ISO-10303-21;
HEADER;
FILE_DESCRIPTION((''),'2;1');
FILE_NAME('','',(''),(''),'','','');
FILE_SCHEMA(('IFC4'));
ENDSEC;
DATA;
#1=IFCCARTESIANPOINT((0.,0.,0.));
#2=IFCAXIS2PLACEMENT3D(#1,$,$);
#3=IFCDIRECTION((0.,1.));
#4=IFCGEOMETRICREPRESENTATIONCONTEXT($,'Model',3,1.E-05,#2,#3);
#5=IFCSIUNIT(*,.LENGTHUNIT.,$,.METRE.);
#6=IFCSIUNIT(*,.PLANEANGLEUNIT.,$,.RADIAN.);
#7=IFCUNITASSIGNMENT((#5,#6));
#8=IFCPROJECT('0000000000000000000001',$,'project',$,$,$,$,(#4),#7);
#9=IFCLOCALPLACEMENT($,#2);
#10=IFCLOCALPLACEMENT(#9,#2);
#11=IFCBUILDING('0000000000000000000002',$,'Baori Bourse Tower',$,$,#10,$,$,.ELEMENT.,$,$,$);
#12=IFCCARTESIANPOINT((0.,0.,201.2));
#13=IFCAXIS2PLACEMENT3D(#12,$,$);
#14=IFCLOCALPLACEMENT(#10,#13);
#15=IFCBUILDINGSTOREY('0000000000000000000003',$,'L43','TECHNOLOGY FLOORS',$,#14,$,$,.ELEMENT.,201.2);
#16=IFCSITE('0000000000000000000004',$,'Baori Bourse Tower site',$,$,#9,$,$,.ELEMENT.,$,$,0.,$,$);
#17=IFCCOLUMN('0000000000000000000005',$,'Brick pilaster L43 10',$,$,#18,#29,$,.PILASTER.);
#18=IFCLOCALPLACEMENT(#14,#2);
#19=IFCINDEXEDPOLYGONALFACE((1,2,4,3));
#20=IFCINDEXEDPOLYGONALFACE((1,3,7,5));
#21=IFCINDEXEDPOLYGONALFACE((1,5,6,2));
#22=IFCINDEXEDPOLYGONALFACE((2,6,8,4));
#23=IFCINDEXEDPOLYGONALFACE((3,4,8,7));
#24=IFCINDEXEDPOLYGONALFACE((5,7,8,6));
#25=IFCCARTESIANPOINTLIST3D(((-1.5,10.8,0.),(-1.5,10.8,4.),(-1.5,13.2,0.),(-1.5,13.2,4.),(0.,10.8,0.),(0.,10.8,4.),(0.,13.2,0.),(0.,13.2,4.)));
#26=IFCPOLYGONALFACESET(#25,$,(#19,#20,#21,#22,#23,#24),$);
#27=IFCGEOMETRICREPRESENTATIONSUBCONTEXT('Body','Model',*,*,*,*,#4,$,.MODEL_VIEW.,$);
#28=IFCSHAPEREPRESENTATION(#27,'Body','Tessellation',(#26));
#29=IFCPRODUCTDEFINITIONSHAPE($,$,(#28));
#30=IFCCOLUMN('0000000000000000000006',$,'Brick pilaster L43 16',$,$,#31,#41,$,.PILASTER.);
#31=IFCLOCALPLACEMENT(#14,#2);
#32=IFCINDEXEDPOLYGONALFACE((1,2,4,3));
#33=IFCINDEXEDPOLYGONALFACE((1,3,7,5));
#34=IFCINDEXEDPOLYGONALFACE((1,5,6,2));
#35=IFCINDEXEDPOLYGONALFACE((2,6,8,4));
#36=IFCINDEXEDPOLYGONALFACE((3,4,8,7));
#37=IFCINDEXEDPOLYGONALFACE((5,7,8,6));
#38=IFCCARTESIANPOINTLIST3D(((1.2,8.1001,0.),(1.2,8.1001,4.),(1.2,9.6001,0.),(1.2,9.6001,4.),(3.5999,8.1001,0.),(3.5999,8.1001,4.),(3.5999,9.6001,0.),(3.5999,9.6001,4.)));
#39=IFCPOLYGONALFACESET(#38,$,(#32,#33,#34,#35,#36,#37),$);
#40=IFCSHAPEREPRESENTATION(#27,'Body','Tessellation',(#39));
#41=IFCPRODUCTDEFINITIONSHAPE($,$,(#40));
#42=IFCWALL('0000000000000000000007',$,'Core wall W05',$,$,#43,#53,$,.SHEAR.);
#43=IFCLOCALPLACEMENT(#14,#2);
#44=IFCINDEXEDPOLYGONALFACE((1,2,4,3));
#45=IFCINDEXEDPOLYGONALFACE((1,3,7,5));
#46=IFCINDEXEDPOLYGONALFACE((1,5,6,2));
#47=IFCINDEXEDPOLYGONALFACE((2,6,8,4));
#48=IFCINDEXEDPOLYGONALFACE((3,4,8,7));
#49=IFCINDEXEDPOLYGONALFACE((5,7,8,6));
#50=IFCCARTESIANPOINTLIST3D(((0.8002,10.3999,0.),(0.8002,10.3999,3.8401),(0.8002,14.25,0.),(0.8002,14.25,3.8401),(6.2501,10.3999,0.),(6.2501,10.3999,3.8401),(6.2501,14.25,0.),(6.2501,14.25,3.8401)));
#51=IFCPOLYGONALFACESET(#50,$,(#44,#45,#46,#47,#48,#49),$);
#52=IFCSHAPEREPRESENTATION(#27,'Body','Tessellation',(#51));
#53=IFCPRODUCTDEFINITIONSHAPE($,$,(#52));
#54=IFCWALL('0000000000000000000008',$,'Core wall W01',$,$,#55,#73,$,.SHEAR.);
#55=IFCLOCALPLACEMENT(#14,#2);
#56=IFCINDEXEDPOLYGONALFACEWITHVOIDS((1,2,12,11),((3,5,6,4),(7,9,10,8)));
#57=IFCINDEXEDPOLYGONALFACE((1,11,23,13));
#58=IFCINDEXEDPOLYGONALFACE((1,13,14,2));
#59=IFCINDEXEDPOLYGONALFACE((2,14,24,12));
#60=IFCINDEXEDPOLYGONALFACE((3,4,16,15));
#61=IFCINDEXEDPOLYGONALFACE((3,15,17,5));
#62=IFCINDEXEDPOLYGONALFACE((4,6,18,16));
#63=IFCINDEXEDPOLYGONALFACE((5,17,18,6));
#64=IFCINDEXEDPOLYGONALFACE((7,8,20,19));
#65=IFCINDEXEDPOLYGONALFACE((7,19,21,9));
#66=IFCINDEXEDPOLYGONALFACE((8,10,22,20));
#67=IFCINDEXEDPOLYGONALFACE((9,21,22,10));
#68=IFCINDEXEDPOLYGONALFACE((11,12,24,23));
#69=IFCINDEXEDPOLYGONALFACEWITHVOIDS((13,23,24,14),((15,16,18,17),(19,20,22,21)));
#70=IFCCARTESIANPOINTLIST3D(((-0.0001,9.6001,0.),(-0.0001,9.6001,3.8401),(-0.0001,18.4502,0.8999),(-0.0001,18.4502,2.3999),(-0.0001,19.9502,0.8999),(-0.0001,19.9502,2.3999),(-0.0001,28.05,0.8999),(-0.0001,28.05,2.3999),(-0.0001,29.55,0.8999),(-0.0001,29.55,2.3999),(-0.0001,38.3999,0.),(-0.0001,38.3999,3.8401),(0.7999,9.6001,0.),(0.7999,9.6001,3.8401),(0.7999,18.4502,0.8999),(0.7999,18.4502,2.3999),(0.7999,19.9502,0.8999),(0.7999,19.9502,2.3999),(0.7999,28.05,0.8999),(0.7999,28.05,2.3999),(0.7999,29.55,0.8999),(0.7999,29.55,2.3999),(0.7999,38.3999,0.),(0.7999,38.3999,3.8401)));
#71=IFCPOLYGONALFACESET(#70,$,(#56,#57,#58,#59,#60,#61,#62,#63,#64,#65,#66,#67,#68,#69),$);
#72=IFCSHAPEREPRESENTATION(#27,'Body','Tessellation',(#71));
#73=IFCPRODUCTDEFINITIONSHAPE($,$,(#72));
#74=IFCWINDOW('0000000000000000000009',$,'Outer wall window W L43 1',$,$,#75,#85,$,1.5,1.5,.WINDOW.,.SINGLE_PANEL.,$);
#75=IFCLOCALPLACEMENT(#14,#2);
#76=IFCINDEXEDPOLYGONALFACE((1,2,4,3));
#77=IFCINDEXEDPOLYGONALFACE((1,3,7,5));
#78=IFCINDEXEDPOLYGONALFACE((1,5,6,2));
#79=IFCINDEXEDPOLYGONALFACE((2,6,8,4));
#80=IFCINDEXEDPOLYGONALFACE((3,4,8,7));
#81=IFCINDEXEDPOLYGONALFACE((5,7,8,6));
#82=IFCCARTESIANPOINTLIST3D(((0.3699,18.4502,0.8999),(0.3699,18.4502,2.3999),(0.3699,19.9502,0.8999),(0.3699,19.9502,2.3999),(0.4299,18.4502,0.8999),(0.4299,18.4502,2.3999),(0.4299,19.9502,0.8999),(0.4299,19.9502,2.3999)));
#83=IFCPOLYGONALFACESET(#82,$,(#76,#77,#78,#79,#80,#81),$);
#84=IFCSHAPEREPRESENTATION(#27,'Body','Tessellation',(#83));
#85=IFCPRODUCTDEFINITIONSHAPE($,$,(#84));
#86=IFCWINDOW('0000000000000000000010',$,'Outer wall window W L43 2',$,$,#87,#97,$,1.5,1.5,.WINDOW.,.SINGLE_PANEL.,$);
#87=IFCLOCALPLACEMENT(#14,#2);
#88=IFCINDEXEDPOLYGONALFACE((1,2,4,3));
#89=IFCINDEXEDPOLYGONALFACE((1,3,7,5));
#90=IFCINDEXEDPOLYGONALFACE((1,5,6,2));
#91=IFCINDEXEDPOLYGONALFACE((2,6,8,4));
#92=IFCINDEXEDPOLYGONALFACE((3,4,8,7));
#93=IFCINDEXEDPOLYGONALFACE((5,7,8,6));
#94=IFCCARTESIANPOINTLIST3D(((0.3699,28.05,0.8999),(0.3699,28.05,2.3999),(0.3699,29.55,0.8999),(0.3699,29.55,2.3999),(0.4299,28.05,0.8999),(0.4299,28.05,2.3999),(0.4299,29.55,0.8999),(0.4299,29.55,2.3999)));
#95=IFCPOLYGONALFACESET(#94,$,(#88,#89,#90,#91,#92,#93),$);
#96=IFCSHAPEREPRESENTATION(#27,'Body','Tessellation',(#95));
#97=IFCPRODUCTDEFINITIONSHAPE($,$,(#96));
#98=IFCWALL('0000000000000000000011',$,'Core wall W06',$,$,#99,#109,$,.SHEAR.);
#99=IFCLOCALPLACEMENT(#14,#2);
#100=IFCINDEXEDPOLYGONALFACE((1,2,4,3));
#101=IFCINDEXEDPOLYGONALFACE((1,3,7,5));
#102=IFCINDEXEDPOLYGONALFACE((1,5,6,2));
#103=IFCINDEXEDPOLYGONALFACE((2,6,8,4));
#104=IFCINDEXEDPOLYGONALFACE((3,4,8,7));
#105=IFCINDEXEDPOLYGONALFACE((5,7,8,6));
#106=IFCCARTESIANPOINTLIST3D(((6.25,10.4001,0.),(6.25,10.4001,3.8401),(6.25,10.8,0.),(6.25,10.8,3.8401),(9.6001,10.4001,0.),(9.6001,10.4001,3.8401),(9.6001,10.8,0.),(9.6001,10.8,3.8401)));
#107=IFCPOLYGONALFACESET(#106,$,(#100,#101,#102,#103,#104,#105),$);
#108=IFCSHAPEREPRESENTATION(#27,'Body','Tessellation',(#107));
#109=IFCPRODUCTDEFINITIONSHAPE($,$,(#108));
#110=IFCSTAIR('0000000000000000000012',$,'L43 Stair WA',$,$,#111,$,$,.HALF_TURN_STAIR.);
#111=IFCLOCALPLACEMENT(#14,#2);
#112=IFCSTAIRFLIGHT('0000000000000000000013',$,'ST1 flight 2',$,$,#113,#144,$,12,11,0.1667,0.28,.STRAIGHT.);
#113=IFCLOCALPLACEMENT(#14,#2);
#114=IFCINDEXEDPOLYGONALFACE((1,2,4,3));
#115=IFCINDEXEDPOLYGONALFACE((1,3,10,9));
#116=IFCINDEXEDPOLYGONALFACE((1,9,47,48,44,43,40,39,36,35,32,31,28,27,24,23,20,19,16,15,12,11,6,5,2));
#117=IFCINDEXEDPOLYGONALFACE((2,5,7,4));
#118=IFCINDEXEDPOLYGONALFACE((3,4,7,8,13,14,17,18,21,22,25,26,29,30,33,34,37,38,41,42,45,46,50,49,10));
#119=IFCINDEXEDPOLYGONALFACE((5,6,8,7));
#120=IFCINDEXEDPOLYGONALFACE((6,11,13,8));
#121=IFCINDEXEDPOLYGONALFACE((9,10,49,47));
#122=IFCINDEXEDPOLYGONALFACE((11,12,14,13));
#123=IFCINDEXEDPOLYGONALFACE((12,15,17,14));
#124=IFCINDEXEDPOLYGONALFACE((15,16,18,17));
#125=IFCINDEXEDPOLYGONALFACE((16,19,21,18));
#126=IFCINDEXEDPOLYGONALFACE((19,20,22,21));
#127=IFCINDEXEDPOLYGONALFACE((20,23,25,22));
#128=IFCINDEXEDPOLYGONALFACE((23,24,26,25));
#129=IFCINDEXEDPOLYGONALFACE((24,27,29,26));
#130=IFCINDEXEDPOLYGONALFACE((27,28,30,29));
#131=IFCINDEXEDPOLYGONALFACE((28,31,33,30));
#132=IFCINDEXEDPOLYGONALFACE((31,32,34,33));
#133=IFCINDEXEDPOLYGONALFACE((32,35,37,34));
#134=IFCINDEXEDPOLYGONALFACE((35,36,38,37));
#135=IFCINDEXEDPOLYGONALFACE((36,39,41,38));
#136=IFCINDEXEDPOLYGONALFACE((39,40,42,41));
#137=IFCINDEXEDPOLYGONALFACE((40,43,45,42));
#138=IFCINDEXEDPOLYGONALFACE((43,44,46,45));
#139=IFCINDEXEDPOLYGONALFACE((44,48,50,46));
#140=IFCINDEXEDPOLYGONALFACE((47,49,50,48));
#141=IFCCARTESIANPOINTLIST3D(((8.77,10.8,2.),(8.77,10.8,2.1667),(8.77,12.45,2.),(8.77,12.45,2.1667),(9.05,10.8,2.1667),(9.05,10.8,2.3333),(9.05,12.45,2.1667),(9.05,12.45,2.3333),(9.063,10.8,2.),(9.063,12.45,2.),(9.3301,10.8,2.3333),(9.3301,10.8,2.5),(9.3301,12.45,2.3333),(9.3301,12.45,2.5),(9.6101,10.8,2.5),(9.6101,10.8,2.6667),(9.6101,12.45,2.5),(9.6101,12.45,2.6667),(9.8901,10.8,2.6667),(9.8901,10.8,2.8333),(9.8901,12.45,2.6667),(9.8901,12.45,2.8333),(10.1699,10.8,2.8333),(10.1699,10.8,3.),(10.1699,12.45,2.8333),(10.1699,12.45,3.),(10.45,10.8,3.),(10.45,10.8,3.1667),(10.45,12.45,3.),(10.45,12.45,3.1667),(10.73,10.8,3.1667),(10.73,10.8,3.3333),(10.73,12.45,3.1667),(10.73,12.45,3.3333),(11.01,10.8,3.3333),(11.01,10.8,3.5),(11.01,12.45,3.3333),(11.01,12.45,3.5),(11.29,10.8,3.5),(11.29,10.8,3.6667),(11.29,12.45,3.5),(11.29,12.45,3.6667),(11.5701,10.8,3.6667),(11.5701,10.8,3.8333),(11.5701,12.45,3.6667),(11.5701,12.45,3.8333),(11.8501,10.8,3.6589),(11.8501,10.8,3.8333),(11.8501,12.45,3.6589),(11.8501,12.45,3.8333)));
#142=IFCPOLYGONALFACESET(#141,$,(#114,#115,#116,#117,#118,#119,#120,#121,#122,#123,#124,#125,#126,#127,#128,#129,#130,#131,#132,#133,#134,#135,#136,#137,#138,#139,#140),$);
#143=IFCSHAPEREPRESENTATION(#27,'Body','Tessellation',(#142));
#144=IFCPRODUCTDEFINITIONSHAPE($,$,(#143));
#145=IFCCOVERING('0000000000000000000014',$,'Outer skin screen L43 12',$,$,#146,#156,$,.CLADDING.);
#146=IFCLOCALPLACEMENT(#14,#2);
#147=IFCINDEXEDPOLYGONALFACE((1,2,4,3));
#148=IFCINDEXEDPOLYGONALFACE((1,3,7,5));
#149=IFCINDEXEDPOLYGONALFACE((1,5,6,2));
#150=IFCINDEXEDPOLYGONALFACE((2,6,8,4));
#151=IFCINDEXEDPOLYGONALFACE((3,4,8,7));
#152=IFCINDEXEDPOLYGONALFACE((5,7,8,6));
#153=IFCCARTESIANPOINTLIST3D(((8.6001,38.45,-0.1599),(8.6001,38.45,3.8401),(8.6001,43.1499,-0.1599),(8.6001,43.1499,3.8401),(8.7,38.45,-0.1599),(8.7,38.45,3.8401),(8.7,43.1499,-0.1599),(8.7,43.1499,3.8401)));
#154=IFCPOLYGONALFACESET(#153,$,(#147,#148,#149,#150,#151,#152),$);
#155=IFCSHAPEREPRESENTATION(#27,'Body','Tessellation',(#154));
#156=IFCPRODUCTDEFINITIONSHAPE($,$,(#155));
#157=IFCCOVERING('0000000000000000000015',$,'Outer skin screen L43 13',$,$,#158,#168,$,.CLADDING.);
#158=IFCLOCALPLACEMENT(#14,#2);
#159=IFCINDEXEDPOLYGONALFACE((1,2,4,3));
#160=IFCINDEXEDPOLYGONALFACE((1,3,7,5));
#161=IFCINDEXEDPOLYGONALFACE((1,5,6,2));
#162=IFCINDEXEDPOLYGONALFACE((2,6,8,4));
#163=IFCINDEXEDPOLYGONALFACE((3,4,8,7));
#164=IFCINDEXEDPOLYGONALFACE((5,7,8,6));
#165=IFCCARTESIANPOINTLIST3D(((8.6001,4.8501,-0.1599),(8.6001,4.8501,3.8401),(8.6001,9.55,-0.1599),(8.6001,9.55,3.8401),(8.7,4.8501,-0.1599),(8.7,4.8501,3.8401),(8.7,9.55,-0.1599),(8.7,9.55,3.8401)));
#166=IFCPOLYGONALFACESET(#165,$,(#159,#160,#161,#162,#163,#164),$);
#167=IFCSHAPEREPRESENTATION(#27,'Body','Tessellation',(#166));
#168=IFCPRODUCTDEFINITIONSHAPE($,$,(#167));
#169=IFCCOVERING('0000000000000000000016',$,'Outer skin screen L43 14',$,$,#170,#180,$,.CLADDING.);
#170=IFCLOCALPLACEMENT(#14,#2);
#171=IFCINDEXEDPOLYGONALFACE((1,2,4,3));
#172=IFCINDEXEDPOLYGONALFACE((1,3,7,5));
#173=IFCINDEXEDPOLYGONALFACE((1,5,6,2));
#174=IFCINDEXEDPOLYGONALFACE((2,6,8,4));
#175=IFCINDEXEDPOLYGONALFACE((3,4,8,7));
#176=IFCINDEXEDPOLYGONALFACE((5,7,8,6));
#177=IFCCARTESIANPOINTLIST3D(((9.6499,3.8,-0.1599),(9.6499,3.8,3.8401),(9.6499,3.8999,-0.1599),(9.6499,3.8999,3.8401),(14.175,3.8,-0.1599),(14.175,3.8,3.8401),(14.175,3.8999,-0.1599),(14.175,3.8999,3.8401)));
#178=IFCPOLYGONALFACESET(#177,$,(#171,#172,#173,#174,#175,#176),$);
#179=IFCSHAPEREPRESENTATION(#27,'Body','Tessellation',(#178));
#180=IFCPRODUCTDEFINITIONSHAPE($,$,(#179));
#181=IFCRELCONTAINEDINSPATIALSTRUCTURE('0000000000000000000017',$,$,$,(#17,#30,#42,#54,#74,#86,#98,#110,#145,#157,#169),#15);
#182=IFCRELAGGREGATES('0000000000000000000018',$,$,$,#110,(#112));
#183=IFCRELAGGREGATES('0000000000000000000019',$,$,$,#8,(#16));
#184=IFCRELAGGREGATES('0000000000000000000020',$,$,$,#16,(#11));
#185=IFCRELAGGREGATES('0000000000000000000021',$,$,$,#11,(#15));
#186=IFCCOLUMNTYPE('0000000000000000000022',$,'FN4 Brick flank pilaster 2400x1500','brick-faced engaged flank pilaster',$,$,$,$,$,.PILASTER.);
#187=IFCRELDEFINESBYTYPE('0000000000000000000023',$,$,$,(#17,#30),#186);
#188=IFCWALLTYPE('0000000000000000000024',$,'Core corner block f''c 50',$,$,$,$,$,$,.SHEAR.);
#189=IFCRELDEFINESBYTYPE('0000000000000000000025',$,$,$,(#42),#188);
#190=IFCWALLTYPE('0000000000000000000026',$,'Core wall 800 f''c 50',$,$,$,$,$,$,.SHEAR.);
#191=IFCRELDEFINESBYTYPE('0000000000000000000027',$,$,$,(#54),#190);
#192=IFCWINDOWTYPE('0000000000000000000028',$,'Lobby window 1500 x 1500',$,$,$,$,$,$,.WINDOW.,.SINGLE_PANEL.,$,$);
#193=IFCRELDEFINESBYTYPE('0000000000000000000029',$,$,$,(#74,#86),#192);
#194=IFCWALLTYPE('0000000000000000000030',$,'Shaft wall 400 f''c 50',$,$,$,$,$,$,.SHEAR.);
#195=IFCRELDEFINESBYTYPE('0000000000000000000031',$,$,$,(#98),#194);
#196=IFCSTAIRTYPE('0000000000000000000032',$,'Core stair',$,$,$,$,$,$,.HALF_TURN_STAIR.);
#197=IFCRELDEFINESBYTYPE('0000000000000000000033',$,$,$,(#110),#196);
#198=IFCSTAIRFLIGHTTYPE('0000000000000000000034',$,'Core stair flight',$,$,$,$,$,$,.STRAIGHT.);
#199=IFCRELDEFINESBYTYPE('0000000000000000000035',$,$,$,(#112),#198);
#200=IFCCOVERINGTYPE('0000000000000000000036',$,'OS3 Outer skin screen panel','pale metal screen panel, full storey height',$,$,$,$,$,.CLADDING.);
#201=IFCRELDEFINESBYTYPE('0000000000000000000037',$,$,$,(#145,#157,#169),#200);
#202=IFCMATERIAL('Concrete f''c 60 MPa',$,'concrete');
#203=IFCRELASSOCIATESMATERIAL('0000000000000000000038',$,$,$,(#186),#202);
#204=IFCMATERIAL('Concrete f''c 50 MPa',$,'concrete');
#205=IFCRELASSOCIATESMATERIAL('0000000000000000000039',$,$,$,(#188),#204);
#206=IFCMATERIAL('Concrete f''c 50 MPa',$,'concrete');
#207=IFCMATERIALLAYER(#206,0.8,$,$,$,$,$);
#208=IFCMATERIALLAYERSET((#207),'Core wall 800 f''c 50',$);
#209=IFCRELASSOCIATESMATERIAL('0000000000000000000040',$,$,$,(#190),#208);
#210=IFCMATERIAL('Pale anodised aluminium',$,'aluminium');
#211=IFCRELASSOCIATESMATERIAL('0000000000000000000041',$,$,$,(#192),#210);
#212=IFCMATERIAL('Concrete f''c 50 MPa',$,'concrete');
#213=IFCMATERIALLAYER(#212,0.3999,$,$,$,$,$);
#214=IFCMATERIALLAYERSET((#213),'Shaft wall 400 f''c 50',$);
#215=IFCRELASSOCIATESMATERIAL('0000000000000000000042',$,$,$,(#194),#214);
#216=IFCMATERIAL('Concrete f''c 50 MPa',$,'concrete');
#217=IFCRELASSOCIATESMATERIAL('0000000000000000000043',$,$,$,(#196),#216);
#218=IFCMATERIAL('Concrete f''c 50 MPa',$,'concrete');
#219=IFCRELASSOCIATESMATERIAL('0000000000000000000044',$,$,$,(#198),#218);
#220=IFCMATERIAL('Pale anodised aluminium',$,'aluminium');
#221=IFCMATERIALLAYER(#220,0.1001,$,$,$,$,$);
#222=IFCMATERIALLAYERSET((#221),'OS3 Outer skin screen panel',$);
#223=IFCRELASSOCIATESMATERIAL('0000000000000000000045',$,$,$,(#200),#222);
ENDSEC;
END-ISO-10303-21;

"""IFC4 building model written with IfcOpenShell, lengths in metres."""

from ifc_helpers import new_model, si_unit, direction, frame, frame_2d, origin, origin_2d, place, context, subcontext, project, spatial, polyline, rectangle, outline, extrude, material, layer, layer_set, material_profile, profile_set, type_object, element, fill, aggregate, save


model = new_model("IFC4")

# Units and contexts
model_context = context("Model", 3, precision=1e-05, world=origin(), true_north=direction((0.0, 1.0)))
body_context = subcontext(model_context, "Body", "Model", "MODEL_VIEW")
ifc_project = project(units=[si_unit("LENGTHUNIT", "METRE"), si_unit("PLANEANGLEUNIT", "RADIAN")], contexts=[model_context])

# Site, building, storey
site_placement = place(None, origin())
site = spatial("IfcSite", under=ifc_project, at=site_placement, Name="Baori Bourse Tower site", CompositionType="ELEMENT", RefElevation=0.0)
building_placement = place(site_placement, origin())
building = spatial("IfcBuilding", under=site, at=building_placement, Name="Baori Bourse Tower", CompositionType="ELEMENT")
storey_placement = place(building_placement, frame((0.0, 0.0, 201.2)))
storey = spatial("IfcBuildingStorey", under=building, at=storey_placement, Name="L43", Description="TECHNOLOGY FLOORS", CompositionType="ELEMENT", Elevation=201.2)

# Columns
ifc_material_1 = material(Name="Concrete f'c 60 MPa", Category="concrete")
ifc_material_profile = material_profile(ifc_material_1, rectangle(XDim=2.3999, YDim=1.5, at=origin_2d()), Name="RC 2400x1500")
ifc_profile_set = profile_set([ifc_material_profile], Name="Concrete f'c 60 MPa")
column_type = type_object("IfcColumnType", Name="FN4 Brick flank pilaster 2400x1500", Description="brick-faced engaged flank pilaster", PredefinedType="PILASTER", material=ifc_profile_set)
for number, where, z_axis, x_axis, name in (
    (1, (-0.75, 12.0, 0.0), (0.0, 0.0, 1.0), (0.0, 1.0, 0.0), "Brick pilaster L43 10"),
    (2, (2.3999, 8.8501, 0.0), (0.0, 0.0, 1.0), (1.0, 0.0, 0.0), "Brick pilaster L43 16"),
):
    element("IfcColumn", number, at=place(storey_placement, frame(where, z_axis=z_axis, x_axis=x_axis)), inside=storey, type_object=column_type, Name=name, PredefinedType="PILASTER", context=body_context, shape_type="SweptSolid", body=[
        extrude(rectangle(XDim=2.3999, YDim=1.5, at=origin_2d()), origin(), (0.0, 0.0, 1.0), 4.0),
    ])

# Wall
ifc_material_2 = material(Name="Concrete f'c 50 MPa", Category="concrete")
wall_type_1 = type_object("IfcWallType", Name="Core corner block f'c 50", PredefinedType="SHEAR", material=ifc_material_2)
wall_1_placement = place(storey_placement, frame((0.8, 12.325, 0.0), z_axis=(0.0, 0.0, 1.0), x_axis=(1.0, 0.0, 0.0)))
element("IfcWall", 3, at=wall_1_placement, inside=storey, type_object=wall_type_1, Name="Core wall W05", PredefinedType="SHEAR", context=body_context, shape_type="SweptSolid", body=[
    extrude(rectangle(XDim=5.45, YDim=3.8501, at=frame_2d((2.7251, 0.0))), origin(), (0.0, 0.0, 1.0), 3.8401),
])

# Wall, openings, windows
ifc_material_3 = material(Name="Concrete f'c 50 MPa", Category="concrete")
ifc_layer_1 = layer(ifc_material_3, 0.8)
ifc_layer_set_1 = layer_set([ifc_layer_1], Name="Core wall 800 f'c 50")
wall_type_2 = type_object("IfcWallType", Name="Core wall 800 f'c 50", PredefinedType="SHEAR", material=ifc_layer_set_1)
wall_2_placement = place(storey_placement, frame((0.3999, 9.6001, 0.0), z_axis=(0.0, 0.0, 1.0), x_axis=(0.0, 1.0, 0.0)))
wall_2 = element("IfcWall", 4, at=wall_2_placement, inside=storey, type_object=wall_type_2, Name="Core wall W01", PredefinedType="SHEAR", context=body_context, shape_type="SweptSolid", body=[
    extrude(rectangle(XDim=28.7998, YDim=0.8, at=frame_2d((14.3999, 0.0))), origin(), (0.0, 0.0, 1.0), 3.8401),
])
opening_1_placement = place(wall_2_placement, frame((8.8501, 0.0, 0.8999)))
opening_1 = element("IfcOpeningElement", 5, at=opening_1_placement, cuts=wall_2, PredefinedType="OPENING", context=body_context, shape_type="SweptSolid", body=[
    extrude(rectangle(XDim=1.5, YDim=1.5, at=frame_2d((0.75, 0.75))), frame((0.0, 0.4099, 0.0), z_axis=(0.0, -1.0, 0.0), x_axis=(1.0, 0.0, 0.0)), (0.0, 0.0, 1.0), 0.8201),
])
opening_2_placement = place(wall_2_placement, frame((18.45, 0.0, 0.8999)))
opening_2 = element("IfcOpeningElement", 6, at=opening_2_placement, cuts=wall_2, PredefinedType="OPENING", context=body_context, shape_type="SweptSolid", body=[
    extrude(rectangle(XDim=1.5, YDim=1.5, at=frame_2d((0.75, 0.75))), frame((0.0, 0.4099, 0.0), z_axis=(0.0, -1.0, 0.0), x_axis=(1.0, 0.0, 0.0)), (0.0, 0.0, 1.0), 0.8201),
])
ifc_material_4 = material(Name="Pale anodised aluminium", Category="aluminium")
window_type = type_object("IfcWindowType", Name="Lobby window 1500 x 1500", PartitioningType="SINGLE_PANEL", PredefinedType="WINDOW", material=ifc_material_4)
window_1_placement = place(opening_1_placement, origin())
window_1 = element("IfcWindow", 7, at=window_1_placement, inside=storey, type_object=window_type, Name="Outer wall window W L43 1", OverallHeight=1.5, OverallWidth=1.5, PartitioningType="SINGLE_PANEL", PredefinedType="WINDOW", context=body_context, shape_type="SweptSolid", body=[
    extrude(rectangle(XDim=1.5, YDim=1.5, at=frame_2d((0.75, 0.75))), frame((0.0, 0.03, 0.0), z_axis=(0.0, -1.0, 0.0), x_axis=(1.0, 0.0, 0.0)), (0.0, 0.0, 1.0), 0.0601),
])
fill(opening_1, window_1)
window_2_placement = place(opening_2_placement, origin())
window_2 = element("IfcWindow", 8, at=window_2_placement, inside=storey, type_object=window_type, Name="Outer wall window W L43 2", OverallHeight=1.5, OverallWidth=1.5, PartitioningType="SINGLE_PANEL", PredefinedType="WINDOW", context=body_context, shape_type="SweptSolid", body=[
    extrude(rectangle(XDim=1.5, YDim=1.5, at=frame_2d((0.75, 0.75))), frame((0.0, 0.03, 0.0), z_axis=(0.0, -1.0, 0.0), x_axis=(1.0, 0.0, 0.0)), (0.0, 0.0, 1.0), 0.0601),
])
fill(opening_2, window_2)

# Wall
ifc_material_5 = material(Name="Concrete f'c 50 MPa", Category="concrete")
ifc_layer_2 = layer(ifc_material_5, 0.3999)
ifc_layer_set_2 = layer_set([ifc_layer_2], Name="Shaft wall 400 f'c 50")
wall_type_3 = type_object("IfcWallType", Name="Shaft wall 400 f'c 50", PredefinedType="SHEAR", material=ifc_layer_set_2)
wall_3_placement = place(storey_placement, frame((6.25, 10.6001, 0.0), z_axis=(0.0, 0.0, 1.0), x_axis=(1.0, 0.0, 0.0)))
element("IfcWall", 9, at=wall_3_placement, inside=storey, type_object=wall_type_3, Name="Core wall W06", PredefinedType="SHEAR", context=body_context, shape_type="SweptSolid", body=[
    extrude(rectangle(XDim=3.3501, YDim=0.3999, at=frame_2d((1.675, 0.0))), origin(), (0.0, 0.0, 1.0), 3.8401),
])

# Stair, stair flight
ifc_material_6 = material(Name="Concrete f'c 50 MPa", Category="concrete")
stair_type = type_object("IfcStairType", Name="Core stair", PredefinedType="HALF_TURN_STAIR", material=ifc_material_6)
stair_placement = place(storey_placement, origin())
stair = element("IfcStair", 10, at=stair_placement, inside=storey, type_object=stair_type, Name="L43 Stair WA", PredefinedType="HALF_TURN_STAIR")
ifc_material_7 = material(Name="Concrete f'c 50 MPa", Category="concrete")
stair_flight_type = type_object("IfcStairFlightType", Name="Core stair flight", PredefinedType="STRAIGHT", material=ifc_material_7)
stair_flight_placement = place(storey_placement, frame((8.77, 11.625, 2.0), z_axis=(0.0, 0.0, 1.0), x_axis=(1.0, 0.0, 0.0)))
stair_flight = element("IfcStairFlight", 11, at=stair_flight_placement, type_object=stair_flight_type, Name="ST1 flight 2", NumberOfRisers=12, NumberOfTreads=11, PredefinedType="STRAIGHT", RiserHeight=0.1667, TreadLength=0.28, context=body_context, shape_type="SweptSolid", body=[
    extrude(outline(polyline([(0.0, 0.0), (0.0, 0.1667), (0.28, 0.1667), (0.28, 0.3333), (0.5601, 0.3333), (0.5601, 0.5), (0.8401, 0.5), (0.8401, 0.6667), (1.1201, 0.6667), (1.1201, 0.8333), (1.3999, 0.8333), (1.3999, 1.0), (1.6799, 1.0), (1.6799, 1.1667), (1.96, 1.1667), (1.96, 1.3333), (2.24, 1.3333), (2.24, 1.5), (2.52, 1.5), (2.52, 1.6667), (2.8, 1.6667), (2.8, 1.8333), (3.0801, 1.8333), (3.0801, 2.0), (3.0801, 1.6589), (0.293, 0.0), (0.0, 0.0)])), frame((0.0, 0.825, 0.0), z_axis=(0.0, -1.0, 0.0), x_axis=(1.0, 0.0, 0.0)), (0.0, 0.0, 1.0), 1.6499),
])
aggregate(stair, [stair_flight])

# Coverings
ifc_material_8 = material(Name="Pale anodised aluminium", Category="aluminium")
ifc_layer_3 = layer(ifc_material_8, 0.1001)
ifc_layer_set_3 = layer_set([ifc_layer_3], Name="OS3 Outer skin screen panel")
covering_type = type_object("IfcCoveringType", Name="OS3 Outer skin screen panel", Description="pale metal screen panel, full storey height", PredefinedType="CLADDING", material=ifc_layer_set_3)
covering_1_placement = place(storey_placement, frame((0.0, 0.0, -0.1599)))
element("IfcCovering", 12, at=covering_1_placement, inside=storey, type_object=covering_type, Name="Outer skin screen L43 12", PredefinedType="CLADDING", context=body_context, shape_type="SweptSolid", body=[
    extrude(outline(polyline([(8.7, 38.45), (8.7, 43.1499), (8.6001, 43.1499), (8.6001, 38.45), (8.7, 38.45)])), origin(), (0.0, 0.0, 1.0), 4.0),
])
covering_2_placement = place(storey_placement, frame((0.0, 0.0, -0.1599)))
element("IfcCovering", 13, at=covering_2_placement, inside=storey, type_object=covering_type, Name="Outer skin screen L43 13", PredefinedType="CLADDING", context=body_context, shape_type="SweptSolid", body=[
    extrude(outline(polyline([(8.7, 4.8501), (8.7, 9.55), (8.6001, 9.55), (8.6001, 4.8501), (8.7, 4.8501)])), origin(), (0.0, 0.0, 1.0), 4.0),
])
covering_3_placement = place(storey_placement, frame((0.0, 0.0, -0.1599)))
element("IfcCovering", 14, at=covering_3_placement, inside=storey, type_object=covering_type, Name="Outer skin screen L43 14", PredefinedType="CLADDING", context=body_context, shape_type="SweptSolid", body=[
    extrude(outline(polyline([(14.175, 3.8999), (9.6499, 3.8999), (9.6499, 3.8), (14.175, 3.8), (14.175, 3.8999)])), origin(), (0.0, 0.0, 1.0), 4.0),
])

save(model, "model.ifc")
